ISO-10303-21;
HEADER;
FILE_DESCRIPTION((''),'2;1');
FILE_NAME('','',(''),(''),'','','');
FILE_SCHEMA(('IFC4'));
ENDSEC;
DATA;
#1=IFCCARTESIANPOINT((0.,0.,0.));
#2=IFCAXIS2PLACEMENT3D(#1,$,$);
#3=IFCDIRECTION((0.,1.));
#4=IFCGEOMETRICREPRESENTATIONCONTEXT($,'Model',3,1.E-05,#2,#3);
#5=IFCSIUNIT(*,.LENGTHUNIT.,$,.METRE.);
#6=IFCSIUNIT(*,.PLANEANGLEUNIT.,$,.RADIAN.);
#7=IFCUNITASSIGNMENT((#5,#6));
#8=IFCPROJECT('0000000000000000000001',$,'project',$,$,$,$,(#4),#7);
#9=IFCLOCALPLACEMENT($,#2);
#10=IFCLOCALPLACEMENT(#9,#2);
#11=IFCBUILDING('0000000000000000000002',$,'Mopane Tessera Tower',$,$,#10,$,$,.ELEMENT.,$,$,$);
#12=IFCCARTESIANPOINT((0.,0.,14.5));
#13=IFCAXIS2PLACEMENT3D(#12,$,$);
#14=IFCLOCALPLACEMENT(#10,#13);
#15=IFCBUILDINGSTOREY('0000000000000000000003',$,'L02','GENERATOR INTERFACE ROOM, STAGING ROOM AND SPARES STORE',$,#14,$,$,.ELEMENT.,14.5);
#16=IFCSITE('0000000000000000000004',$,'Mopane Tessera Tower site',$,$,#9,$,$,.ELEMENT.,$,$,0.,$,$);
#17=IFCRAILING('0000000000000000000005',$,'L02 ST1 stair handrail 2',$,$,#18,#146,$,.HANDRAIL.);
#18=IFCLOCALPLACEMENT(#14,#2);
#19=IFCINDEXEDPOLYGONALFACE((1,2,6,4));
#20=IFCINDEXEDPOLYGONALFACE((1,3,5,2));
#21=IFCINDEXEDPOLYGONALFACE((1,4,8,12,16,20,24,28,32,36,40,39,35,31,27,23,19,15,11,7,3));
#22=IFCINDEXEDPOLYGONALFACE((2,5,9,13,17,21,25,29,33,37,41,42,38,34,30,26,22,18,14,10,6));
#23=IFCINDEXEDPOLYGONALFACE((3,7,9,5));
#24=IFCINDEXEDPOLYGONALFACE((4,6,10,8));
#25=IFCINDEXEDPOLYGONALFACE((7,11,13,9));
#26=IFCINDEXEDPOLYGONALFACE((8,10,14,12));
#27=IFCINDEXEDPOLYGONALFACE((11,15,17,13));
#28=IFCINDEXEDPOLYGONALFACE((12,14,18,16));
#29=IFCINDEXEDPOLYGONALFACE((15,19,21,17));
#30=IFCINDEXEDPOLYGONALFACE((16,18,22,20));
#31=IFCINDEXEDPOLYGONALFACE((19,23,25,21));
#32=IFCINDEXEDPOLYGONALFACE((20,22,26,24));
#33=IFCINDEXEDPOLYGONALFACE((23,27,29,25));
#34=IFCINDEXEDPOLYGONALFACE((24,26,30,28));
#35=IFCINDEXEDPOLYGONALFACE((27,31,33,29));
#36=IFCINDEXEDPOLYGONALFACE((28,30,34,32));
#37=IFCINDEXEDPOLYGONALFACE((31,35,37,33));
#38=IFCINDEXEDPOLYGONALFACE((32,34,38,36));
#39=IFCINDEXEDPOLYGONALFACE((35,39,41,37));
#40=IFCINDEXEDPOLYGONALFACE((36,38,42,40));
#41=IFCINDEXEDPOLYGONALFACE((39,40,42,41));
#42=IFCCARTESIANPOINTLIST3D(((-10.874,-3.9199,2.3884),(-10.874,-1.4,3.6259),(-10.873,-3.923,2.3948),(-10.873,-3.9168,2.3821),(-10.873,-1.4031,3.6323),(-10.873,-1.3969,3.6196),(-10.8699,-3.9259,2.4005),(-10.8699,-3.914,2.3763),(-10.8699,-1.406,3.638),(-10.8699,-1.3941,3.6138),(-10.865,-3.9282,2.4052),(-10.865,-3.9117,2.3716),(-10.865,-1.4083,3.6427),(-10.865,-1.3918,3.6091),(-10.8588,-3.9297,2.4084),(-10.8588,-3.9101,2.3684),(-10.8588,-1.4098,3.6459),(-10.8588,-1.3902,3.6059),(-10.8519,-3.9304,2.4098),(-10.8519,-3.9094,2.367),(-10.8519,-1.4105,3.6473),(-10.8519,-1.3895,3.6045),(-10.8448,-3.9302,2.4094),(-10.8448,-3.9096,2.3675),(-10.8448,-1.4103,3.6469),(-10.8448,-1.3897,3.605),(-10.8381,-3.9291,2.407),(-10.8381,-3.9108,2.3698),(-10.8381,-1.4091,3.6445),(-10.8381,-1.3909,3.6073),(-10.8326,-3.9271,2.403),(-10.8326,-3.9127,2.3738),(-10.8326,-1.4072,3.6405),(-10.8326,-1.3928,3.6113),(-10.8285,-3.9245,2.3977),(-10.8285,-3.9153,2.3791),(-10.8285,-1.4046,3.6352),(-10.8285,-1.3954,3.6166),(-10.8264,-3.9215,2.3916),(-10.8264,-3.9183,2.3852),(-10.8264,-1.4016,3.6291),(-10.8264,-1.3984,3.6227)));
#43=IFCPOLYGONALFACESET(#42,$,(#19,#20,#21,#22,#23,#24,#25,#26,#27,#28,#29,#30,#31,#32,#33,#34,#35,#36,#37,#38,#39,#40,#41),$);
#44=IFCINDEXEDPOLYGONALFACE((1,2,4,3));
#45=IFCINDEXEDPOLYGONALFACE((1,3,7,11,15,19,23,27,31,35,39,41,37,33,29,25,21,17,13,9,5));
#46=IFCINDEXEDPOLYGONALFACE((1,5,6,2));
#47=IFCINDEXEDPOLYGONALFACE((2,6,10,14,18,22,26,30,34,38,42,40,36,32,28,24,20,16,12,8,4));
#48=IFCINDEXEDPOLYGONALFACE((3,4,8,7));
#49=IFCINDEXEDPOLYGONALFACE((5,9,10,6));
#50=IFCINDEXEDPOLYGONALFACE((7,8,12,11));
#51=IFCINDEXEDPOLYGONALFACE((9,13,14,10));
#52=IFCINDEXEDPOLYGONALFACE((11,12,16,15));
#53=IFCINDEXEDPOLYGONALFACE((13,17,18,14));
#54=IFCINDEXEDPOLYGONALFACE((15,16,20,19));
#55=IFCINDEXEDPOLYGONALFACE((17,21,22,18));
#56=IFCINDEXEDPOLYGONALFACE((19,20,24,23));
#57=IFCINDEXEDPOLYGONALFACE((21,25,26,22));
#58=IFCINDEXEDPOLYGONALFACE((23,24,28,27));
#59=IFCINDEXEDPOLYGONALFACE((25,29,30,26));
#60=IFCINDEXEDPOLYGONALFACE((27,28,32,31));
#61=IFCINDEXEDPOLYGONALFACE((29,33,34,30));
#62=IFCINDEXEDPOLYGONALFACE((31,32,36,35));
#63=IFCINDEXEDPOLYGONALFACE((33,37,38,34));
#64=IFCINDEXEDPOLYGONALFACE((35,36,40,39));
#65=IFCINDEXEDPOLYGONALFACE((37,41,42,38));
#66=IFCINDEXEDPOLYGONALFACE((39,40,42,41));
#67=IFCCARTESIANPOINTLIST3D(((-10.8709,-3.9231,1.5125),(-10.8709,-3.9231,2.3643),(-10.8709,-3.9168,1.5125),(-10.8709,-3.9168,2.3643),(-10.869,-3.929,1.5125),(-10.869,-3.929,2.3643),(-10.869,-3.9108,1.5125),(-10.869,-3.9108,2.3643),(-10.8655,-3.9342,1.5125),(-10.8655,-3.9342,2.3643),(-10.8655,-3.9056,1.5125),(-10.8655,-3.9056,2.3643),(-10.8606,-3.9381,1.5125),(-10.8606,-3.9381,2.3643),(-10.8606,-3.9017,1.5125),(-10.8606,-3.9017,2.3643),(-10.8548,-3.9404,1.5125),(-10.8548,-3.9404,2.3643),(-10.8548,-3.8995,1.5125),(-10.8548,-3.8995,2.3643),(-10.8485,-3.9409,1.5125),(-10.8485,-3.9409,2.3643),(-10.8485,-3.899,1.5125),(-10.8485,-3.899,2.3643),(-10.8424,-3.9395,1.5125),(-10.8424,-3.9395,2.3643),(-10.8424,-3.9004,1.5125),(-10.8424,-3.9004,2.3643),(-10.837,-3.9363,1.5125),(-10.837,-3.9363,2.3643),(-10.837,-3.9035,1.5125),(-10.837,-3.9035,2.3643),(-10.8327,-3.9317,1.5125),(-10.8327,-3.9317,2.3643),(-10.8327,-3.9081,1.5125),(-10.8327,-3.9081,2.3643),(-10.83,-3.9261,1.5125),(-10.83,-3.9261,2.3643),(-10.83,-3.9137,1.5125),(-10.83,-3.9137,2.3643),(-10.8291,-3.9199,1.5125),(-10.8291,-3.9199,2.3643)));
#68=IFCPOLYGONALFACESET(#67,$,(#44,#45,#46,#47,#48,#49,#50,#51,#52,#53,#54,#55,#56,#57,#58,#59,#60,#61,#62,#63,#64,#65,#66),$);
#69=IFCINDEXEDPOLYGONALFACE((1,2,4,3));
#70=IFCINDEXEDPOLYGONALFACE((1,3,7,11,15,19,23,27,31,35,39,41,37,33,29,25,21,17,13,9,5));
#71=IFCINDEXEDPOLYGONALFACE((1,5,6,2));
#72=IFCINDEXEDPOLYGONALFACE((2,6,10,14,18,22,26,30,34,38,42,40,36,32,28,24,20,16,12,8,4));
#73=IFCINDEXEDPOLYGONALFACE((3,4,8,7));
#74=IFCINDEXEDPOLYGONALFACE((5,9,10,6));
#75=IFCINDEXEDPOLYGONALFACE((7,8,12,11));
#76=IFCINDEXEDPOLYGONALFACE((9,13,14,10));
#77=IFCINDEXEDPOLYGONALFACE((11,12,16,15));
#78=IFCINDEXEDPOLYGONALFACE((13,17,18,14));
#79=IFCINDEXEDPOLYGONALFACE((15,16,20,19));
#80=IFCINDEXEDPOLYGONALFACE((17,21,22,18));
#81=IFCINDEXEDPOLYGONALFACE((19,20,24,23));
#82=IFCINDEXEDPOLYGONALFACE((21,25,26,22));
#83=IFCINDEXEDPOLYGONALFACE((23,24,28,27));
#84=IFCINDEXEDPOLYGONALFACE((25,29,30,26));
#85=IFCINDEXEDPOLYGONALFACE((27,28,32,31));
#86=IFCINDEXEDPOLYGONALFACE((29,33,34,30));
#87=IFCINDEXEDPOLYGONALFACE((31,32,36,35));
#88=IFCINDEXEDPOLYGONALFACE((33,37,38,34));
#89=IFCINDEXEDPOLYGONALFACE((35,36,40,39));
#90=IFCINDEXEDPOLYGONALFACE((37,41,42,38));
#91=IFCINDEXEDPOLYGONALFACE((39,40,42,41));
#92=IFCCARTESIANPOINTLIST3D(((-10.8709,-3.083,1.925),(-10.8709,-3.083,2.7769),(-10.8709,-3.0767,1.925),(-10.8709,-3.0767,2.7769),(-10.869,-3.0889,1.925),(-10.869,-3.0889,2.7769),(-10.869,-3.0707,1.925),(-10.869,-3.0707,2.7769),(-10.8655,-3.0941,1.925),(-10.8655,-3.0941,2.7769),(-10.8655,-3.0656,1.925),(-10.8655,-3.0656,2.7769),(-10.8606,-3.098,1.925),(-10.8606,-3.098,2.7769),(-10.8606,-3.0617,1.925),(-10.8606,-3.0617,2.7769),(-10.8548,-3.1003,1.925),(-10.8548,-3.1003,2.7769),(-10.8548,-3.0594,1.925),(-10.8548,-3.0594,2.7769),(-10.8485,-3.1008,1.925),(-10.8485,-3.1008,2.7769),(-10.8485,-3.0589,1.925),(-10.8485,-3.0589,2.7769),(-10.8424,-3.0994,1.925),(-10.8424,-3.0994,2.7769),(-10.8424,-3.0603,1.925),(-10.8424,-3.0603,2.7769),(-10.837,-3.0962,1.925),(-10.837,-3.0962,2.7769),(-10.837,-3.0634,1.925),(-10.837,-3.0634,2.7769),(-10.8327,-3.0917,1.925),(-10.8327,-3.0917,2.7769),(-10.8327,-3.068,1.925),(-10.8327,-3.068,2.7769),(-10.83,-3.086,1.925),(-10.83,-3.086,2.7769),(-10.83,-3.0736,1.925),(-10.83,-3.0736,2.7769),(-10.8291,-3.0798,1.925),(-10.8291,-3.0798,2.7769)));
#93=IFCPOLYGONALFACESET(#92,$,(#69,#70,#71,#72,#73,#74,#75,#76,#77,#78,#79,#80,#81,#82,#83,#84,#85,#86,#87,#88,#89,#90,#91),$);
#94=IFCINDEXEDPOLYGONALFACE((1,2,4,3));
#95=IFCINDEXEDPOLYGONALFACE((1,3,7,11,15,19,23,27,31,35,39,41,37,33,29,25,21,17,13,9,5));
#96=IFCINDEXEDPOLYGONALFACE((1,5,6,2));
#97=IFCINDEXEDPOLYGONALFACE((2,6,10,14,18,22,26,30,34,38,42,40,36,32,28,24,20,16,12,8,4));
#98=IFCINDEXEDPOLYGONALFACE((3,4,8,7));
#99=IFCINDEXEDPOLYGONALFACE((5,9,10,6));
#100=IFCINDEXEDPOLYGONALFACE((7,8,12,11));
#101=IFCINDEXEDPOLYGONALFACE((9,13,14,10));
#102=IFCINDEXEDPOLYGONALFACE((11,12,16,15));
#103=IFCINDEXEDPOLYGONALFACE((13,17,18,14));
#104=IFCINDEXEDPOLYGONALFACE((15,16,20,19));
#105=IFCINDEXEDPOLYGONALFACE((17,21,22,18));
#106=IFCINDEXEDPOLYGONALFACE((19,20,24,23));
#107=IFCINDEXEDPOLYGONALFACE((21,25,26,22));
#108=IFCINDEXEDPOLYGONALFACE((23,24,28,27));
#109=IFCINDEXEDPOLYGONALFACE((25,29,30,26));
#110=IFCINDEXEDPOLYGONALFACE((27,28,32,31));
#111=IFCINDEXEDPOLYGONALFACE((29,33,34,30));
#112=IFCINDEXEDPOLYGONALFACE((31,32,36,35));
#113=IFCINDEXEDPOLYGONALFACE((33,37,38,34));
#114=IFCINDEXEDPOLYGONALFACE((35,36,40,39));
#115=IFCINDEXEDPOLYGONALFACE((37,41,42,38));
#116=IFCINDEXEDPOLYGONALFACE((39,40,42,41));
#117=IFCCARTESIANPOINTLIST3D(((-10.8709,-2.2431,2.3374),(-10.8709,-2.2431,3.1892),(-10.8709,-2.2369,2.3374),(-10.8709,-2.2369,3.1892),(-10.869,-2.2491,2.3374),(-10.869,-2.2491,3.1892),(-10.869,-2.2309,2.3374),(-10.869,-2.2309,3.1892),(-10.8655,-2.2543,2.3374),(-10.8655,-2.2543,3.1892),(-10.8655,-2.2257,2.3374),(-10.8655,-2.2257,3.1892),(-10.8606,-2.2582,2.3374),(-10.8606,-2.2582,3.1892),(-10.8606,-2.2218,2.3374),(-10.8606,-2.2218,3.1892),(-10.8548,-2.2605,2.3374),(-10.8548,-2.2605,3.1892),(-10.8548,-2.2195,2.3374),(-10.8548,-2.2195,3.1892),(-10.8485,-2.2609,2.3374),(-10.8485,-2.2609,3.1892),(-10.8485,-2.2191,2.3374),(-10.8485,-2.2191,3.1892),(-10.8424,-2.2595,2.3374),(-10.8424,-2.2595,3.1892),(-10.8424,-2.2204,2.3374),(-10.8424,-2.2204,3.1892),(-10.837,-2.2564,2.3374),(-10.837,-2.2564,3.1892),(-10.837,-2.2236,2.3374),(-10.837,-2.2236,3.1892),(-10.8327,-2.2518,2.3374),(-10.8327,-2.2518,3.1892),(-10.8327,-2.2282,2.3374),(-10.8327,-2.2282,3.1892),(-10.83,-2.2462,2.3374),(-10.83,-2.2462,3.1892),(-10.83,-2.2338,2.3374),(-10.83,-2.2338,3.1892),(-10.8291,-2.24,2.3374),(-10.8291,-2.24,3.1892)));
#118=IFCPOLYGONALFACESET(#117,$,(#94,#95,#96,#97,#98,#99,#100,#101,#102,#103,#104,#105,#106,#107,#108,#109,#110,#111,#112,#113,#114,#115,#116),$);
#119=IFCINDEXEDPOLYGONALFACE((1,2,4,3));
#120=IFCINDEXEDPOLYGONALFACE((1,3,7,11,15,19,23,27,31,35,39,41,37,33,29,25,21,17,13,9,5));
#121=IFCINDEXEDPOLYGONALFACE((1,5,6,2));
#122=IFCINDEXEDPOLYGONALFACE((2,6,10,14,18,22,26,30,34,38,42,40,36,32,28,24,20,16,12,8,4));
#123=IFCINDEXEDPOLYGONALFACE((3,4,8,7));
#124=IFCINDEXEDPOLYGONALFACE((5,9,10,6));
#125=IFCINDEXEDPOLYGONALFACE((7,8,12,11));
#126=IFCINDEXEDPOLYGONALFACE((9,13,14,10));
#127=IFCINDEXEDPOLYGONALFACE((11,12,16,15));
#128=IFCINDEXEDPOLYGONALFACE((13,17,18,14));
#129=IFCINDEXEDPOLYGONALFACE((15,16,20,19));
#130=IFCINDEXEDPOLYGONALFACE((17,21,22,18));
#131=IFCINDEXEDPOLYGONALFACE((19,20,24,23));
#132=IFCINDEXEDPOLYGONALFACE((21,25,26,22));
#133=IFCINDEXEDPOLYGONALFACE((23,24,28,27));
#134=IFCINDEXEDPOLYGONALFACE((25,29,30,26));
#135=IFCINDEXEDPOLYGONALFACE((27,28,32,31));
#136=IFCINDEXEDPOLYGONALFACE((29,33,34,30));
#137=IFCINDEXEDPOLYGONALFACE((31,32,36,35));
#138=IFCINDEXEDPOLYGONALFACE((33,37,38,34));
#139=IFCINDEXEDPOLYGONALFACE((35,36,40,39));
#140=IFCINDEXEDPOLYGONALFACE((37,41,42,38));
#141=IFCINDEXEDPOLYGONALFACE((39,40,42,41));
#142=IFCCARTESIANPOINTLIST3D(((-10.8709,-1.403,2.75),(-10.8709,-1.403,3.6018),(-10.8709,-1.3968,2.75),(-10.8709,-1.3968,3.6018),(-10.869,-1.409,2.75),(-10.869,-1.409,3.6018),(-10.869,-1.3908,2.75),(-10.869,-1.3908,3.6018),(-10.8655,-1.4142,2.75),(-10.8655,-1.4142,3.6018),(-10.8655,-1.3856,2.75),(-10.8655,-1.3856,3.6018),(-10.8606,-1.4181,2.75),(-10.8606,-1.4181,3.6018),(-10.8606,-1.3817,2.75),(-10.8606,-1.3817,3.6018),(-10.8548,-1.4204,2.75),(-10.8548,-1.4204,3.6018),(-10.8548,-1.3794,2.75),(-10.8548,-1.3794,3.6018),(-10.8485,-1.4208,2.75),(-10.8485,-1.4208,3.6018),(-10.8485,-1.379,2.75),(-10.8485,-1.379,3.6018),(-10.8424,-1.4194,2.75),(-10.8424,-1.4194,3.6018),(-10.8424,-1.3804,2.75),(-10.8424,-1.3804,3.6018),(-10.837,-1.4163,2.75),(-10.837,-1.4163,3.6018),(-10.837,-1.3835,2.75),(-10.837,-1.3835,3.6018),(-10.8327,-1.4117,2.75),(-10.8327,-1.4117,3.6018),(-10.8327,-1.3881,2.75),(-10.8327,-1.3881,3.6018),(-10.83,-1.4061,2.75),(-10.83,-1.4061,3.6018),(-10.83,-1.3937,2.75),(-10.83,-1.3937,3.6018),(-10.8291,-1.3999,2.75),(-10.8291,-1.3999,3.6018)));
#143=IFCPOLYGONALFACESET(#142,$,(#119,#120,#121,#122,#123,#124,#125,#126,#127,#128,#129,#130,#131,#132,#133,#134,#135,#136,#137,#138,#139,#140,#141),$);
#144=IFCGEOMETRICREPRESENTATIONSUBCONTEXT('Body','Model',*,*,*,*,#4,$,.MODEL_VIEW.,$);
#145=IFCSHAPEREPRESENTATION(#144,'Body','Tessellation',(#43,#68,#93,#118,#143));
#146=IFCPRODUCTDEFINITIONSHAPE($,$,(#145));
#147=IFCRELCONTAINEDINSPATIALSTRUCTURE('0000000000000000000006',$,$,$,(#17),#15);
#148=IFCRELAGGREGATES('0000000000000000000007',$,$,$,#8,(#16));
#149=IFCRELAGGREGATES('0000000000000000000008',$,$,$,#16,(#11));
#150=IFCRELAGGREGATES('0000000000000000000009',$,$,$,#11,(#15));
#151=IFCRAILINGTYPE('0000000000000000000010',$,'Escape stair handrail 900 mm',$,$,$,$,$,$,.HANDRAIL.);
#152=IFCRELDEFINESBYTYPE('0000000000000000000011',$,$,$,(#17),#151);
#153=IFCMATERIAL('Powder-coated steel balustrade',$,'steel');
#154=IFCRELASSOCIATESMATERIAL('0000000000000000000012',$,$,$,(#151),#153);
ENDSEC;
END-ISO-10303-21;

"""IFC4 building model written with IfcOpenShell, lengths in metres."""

from ifc_helpers import new_model, si_unit, direction, frame, origin, origin_2d, place, context, subcontext, project, spatial, circle, extrude, material, type_object, element, save


model = new_model("IFC4")

# Units and contexts
model_context = context("Model", 3, precision=1e-05, world=origin(), true_north=direction((0.0, 1.0)))
body_context = subcontext(model_context, "Body", "Model", "MODEL_VIEW")
ifc_project = project(units=[si_unit("LENGTHUNIT", "METRE"), si_unit("PLANEANGLEUNIT", "RADIAN")], contexts=[model_context])

# Site, building, storey
site_placement = place(None, origin())
site = spatial("IfcSite", under=ifc_project, at=site_placement, Name="Mopane Tessera Tower site", CompositionType="ELEMENT", RefElevation=0.0)
building_placement = place(site_placement, origin())
building = spatial("IfcBuilding", under=site, at=building_placement, Name="Mopane Tessera Tower", CompositionType="ELEMENT")
storey_placement = place(building_placement, frame((0.0, 0.0, 14.5)))
storey = spatial("IfcBuildingStorey", under=building, at=storey_placement, Name="L02", Description="GENERATOR INTERFACE ROOM, STAGING ROOM AND SPARES STORE", CompositionType="ELEMENT", Elevation=14.5)

# Railing
ifc_material_1 = material(Name="Powder-coated steel balustrade", Category="steel")
railing_type_1 = type_object("IfcRailingType", Name="Escape stair handrail 900 mm", PredefinedType="HANDRAIL", material=ifc_material_1)
railing_1_placement = place(storey_placement, frame((-10.8501, -3.9199, 1.5125)))
element("IfcRailing", 1, at=railing_1_placement, inside=storey, type_object=railing_type_1, Name="L02 ST1 stair handrail 2", PredefinedType="HANDRAIL", context=body_context, shape_type="SweptSolid", body=[
    extrude(circle(Radius=0.0239, at=origin_2d()), frame((0.0, 0.0, 0.876), z_axis=(0.0, 0.897604, 0.440802), x_axis=(-1.0, 0.0, 0.0)), (0.0, 0.0, 1.0), 2.8074),
    extrude(circle(Radius=0.021, at=origin_2d()), origin(), (0.0, 0.0, 1.0), 0.8518),
    extrude(circle(Radius=0.021, at=origin_2d()), frame((0.0, 0.8401, 0.4126)), (0.0, 0.0, 1.0), 0.8518),
    extrude(circle(Radius=0.021, at=origin_2d()), frame((0.0, 1.6799, 0.825)), (0.0, 0.0, 1.0), 0.8518),
    extrude(circle(Radius=0.021, at=origin_2d()), frame((0.0, 2.52, 1.2375)), (0.0, 0.0, 1.0), 0.8518),
])

save(model, "model.ifc")
